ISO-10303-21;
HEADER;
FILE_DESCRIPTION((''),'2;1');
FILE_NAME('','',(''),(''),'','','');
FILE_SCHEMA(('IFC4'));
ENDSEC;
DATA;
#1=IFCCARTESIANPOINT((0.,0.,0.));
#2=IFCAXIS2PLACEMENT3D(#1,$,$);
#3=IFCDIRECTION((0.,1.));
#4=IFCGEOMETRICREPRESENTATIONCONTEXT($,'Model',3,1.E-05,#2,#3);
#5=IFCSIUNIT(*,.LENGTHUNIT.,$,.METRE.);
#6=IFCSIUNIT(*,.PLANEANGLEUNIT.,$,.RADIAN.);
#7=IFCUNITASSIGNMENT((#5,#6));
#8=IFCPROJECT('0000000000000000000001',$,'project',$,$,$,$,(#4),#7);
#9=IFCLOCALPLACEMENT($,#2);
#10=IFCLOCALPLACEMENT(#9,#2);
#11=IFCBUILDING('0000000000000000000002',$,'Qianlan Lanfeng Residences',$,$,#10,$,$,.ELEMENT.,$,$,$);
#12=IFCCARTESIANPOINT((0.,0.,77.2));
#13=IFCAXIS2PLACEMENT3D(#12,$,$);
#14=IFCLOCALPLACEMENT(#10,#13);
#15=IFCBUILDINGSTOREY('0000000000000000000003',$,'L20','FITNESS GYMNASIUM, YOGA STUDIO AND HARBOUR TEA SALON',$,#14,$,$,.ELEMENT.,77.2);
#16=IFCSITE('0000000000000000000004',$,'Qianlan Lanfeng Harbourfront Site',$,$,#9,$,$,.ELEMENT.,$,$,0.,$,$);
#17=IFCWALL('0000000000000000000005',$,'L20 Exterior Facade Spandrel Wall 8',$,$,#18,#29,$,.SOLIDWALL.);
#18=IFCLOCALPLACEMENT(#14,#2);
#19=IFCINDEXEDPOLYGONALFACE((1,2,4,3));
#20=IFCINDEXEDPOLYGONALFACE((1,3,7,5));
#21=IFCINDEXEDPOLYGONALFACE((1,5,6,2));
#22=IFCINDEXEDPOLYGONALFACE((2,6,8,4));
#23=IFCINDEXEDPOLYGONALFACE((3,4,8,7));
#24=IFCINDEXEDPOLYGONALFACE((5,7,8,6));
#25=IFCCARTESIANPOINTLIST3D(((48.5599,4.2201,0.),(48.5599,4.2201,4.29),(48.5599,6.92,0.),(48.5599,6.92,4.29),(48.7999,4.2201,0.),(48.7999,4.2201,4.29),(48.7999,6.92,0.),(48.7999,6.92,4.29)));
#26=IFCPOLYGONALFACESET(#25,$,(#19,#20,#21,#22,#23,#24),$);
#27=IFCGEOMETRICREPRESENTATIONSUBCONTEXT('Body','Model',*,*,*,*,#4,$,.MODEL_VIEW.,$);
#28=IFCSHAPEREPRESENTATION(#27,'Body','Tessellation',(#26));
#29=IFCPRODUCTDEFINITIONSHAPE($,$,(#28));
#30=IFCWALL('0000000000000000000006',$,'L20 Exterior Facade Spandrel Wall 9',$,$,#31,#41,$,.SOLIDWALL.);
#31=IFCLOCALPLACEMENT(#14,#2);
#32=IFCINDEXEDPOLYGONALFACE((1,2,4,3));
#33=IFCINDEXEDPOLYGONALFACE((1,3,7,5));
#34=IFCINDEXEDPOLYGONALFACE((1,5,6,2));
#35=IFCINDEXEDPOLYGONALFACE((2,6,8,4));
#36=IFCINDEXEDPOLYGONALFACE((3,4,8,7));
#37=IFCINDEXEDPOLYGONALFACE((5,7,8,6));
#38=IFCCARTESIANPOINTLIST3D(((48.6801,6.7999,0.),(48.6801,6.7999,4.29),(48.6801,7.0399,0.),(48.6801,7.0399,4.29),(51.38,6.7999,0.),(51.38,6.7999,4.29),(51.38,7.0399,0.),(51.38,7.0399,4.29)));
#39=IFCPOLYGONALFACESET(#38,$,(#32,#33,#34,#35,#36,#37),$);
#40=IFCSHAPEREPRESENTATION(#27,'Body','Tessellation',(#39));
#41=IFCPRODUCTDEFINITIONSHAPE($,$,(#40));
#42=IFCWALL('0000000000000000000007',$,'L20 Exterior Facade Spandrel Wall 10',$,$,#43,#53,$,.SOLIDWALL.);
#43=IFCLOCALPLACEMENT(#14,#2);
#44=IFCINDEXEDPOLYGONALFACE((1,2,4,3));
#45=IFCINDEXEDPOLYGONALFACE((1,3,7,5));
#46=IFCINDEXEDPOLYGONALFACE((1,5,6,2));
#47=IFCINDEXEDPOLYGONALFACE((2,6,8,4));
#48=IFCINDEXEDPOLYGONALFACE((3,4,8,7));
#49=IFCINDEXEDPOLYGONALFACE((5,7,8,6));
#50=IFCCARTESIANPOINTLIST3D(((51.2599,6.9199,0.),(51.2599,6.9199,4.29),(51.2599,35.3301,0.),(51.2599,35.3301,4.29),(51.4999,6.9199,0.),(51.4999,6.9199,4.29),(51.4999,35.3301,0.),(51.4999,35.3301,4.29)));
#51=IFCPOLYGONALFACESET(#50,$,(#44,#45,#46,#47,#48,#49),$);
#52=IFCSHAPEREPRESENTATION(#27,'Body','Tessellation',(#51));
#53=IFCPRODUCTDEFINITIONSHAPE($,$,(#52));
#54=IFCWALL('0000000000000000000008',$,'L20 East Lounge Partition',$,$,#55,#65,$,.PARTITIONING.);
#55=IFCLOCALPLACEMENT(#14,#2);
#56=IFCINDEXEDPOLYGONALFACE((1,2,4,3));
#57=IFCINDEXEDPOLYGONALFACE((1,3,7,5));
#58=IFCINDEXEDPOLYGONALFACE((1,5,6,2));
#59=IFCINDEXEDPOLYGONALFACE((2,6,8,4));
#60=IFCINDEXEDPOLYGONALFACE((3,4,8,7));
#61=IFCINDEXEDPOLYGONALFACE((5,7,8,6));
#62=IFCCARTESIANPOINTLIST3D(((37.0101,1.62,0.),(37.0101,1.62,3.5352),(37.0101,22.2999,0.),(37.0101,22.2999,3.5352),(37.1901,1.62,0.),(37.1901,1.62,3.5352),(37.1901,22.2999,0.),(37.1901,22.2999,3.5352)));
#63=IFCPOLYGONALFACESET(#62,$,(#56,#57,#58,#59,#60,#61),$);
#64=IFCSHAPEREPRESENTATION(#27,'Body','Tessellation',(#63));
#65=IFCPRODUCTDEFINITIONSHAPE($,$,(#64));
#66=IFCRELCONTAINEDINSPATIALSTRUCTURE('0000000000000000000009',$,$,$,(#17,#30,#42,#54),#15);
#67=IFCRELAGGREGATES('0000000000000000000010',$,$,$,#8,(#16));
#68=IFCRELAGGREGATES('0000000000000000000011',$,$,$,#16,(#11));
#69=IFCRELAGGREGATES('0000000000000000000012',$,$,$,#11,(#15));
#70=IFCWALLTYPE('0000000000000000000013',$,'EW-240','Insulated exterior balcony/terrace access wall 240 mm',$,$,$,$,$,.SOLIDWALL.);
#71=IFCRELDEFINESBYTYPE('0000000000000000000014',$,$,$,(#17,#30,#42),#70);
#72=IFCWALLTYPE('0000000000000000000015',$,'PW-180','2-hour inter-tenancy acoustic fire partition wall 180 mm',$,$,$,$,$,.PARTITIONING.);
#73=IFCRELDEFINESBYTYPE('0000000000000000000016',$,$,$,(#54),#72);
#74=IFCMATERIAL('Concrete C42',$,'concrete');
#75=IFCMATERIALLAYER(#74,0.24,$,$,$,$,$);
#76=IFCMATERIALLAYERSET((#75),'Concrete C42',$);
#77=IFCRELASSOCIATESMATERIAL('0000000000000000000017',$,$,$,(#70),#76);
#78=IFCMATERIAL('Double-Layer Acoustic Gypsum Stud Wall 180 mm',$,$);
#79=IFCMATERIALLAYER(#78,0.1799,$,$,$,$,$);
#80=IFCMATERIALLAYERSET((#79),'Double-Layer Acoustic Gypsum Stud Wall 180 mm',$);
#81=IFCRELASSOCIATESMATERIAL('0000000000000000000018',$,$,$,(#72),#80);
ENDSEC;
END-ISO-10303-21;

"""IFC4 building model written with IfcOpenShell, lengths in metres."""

from ifc_helpers import new_model, si_unit, direction, frame, frame_2d, origin, place, context, subcontext, project, spatial, rectangle, extrude, material, layer, layer_set, type_object, element, save


model = new_model("IFC4")

# Units and contexts
model_context = context("Model", 3, precision=1e-05, world=origin(), true_north=direction((0.0, 1.0)))
body_context = subcontext(model_context, "Body", "Model", "MODEL_VIEW")
ifc_project = project(units=[si_unit("LENGTHUNIT", "METRE"), si_unit("PLANEANGLEUNIT", "RADIAN")], contexts=[model_context])

# Site, building, storey
site_placement = place(None, origin())
site = spatial("IfcSite", under=ifc_project, at=site_placement, Name="Qianlan Lanfeng Harbourfront Site", CompositionType="ELEMENT", RefElevation=0.0)
building_placement = place(site_placement, origin())
building = spatial("IfcBuilding", under=site, at=building_placement, Name="Qianlan Lanfeng Residences", CompositionType="ELEMENT")
storey_placement = place(building_placement, frame((0.0, 0.0, 77.2)))
storey = spatial("IfcBuildingStorey", under=building, at=storey_placement, Name="L20", Description="FITNESS GYMNASIUM, YOGA STUDIO AND HARBOUR TEA SALON", CompositionType="ELEMENT", Elevation=77.2)

# Shared definitions
ifc_material_1 = material(Name="Concrete C42", Category="concrete")
ifc_layer_1 = layer(ifc_material_1, 0.24)
ifc_layer_set_1 = layer_set([ifc_layer_1], Name="Concrete C42")
wall_type_1 = type_object("IfcWallType", Name="EW-240", Description="Insulated exterior balcony/terrace access wall 240 mm", PredefinedType="SOLIDWALL", material=ifc_layer_set_1)

# Walls
for number, where, z_axis, x_axis, name in (
    (1, (48.6799, 4.22, 0.0), (0.0, 0.0, 1.0), (0.0, 1.0, 0.0), "L20 Exterior Facade Spandrel Wall 8"),
    (2, (48.6799, 6.9199, 0.0), (0.0, 0.0, 1.0), (1.0, 0.0, 0.0), "L20 Exterior Facade Spandrel Wall 9"),
):
    element("IfcWall", number, at=place(storey_placement, frame(where, z_axis=z_axis, x_axis=x_axis)), inside=storey, type_object=wall_type_1, Name=name, PredefinedType="SOLIDWALL", context=body_context, shape_type="SweptSolid", body=[
        extrude(rectangle(XDim=2.7, YDim=0.24, at=frame_2d((1.3501, 0.0))), origin(), (0.0, 0.0, 1.0), 4.29),
    ])
wall_1_placement = place(storey_placement, frame((51.3799, 6.9199, 0.0), z_axis=(0.0, 0.0, 1.0), x_axis=(0.0, 1.0, 0.0)))
element("IfcWall", 3, at=wall_1_placement, inside=storey, type_object=wall_type_1, Name="L20 Exterior Facade Spandrel Wall 10", PredefinedType="SOLIDWALL", context=body_context, shape_type="SweptSolid", body=[
    extrude(rectangle(XDim=28.4102, YDim=0.24, at=frame_2d((14.2051, 0.0))), origin(), (0.0, 0.0, 1.0), 4.29),
])
ifc_material_2 = material(Name="Double-Layer Acoustic Gypsum Stud Wall 180 mm")
ifc_layer_2 = layer(ifc_material_2, 0.1799)
ifc_layer_set_2 = layer_set([ifc_layer_2], Name="Double-Layer Acoustic Gypsum Stud Wall 180 mm")
wall_type_2 = type_object("IfcWallType", Name="PW-180", Description="2-hour inter-tenancy acoustic fire partition wall 180 mm", PredefinedType="PARTITIONING", material=ifc_layer_set_2)
wall_2_placement = place(storey_placement, frame((37.1001, 1.6201, 0.0), z_axis=(0.0, 0.0, 1.0), x_axis=(0.0, 1.0, 0.0)))
element("IfcWall", 4, at=wall_2_placement, inside=storey, type_object=wall_type_2, Name="L20 East Lounge Partition", PredefinedType="PARTITIONING", context=body_context, shape_type="SweptSolid", body=[
    extrude(rectangle(XDim=20.6799, YDim=0.1799, at=frame_2d((10.3398, 0.0))), origin(), (0.0, 0.0, 1.0), 3.5352),
])

save(model, "model.ifc")
